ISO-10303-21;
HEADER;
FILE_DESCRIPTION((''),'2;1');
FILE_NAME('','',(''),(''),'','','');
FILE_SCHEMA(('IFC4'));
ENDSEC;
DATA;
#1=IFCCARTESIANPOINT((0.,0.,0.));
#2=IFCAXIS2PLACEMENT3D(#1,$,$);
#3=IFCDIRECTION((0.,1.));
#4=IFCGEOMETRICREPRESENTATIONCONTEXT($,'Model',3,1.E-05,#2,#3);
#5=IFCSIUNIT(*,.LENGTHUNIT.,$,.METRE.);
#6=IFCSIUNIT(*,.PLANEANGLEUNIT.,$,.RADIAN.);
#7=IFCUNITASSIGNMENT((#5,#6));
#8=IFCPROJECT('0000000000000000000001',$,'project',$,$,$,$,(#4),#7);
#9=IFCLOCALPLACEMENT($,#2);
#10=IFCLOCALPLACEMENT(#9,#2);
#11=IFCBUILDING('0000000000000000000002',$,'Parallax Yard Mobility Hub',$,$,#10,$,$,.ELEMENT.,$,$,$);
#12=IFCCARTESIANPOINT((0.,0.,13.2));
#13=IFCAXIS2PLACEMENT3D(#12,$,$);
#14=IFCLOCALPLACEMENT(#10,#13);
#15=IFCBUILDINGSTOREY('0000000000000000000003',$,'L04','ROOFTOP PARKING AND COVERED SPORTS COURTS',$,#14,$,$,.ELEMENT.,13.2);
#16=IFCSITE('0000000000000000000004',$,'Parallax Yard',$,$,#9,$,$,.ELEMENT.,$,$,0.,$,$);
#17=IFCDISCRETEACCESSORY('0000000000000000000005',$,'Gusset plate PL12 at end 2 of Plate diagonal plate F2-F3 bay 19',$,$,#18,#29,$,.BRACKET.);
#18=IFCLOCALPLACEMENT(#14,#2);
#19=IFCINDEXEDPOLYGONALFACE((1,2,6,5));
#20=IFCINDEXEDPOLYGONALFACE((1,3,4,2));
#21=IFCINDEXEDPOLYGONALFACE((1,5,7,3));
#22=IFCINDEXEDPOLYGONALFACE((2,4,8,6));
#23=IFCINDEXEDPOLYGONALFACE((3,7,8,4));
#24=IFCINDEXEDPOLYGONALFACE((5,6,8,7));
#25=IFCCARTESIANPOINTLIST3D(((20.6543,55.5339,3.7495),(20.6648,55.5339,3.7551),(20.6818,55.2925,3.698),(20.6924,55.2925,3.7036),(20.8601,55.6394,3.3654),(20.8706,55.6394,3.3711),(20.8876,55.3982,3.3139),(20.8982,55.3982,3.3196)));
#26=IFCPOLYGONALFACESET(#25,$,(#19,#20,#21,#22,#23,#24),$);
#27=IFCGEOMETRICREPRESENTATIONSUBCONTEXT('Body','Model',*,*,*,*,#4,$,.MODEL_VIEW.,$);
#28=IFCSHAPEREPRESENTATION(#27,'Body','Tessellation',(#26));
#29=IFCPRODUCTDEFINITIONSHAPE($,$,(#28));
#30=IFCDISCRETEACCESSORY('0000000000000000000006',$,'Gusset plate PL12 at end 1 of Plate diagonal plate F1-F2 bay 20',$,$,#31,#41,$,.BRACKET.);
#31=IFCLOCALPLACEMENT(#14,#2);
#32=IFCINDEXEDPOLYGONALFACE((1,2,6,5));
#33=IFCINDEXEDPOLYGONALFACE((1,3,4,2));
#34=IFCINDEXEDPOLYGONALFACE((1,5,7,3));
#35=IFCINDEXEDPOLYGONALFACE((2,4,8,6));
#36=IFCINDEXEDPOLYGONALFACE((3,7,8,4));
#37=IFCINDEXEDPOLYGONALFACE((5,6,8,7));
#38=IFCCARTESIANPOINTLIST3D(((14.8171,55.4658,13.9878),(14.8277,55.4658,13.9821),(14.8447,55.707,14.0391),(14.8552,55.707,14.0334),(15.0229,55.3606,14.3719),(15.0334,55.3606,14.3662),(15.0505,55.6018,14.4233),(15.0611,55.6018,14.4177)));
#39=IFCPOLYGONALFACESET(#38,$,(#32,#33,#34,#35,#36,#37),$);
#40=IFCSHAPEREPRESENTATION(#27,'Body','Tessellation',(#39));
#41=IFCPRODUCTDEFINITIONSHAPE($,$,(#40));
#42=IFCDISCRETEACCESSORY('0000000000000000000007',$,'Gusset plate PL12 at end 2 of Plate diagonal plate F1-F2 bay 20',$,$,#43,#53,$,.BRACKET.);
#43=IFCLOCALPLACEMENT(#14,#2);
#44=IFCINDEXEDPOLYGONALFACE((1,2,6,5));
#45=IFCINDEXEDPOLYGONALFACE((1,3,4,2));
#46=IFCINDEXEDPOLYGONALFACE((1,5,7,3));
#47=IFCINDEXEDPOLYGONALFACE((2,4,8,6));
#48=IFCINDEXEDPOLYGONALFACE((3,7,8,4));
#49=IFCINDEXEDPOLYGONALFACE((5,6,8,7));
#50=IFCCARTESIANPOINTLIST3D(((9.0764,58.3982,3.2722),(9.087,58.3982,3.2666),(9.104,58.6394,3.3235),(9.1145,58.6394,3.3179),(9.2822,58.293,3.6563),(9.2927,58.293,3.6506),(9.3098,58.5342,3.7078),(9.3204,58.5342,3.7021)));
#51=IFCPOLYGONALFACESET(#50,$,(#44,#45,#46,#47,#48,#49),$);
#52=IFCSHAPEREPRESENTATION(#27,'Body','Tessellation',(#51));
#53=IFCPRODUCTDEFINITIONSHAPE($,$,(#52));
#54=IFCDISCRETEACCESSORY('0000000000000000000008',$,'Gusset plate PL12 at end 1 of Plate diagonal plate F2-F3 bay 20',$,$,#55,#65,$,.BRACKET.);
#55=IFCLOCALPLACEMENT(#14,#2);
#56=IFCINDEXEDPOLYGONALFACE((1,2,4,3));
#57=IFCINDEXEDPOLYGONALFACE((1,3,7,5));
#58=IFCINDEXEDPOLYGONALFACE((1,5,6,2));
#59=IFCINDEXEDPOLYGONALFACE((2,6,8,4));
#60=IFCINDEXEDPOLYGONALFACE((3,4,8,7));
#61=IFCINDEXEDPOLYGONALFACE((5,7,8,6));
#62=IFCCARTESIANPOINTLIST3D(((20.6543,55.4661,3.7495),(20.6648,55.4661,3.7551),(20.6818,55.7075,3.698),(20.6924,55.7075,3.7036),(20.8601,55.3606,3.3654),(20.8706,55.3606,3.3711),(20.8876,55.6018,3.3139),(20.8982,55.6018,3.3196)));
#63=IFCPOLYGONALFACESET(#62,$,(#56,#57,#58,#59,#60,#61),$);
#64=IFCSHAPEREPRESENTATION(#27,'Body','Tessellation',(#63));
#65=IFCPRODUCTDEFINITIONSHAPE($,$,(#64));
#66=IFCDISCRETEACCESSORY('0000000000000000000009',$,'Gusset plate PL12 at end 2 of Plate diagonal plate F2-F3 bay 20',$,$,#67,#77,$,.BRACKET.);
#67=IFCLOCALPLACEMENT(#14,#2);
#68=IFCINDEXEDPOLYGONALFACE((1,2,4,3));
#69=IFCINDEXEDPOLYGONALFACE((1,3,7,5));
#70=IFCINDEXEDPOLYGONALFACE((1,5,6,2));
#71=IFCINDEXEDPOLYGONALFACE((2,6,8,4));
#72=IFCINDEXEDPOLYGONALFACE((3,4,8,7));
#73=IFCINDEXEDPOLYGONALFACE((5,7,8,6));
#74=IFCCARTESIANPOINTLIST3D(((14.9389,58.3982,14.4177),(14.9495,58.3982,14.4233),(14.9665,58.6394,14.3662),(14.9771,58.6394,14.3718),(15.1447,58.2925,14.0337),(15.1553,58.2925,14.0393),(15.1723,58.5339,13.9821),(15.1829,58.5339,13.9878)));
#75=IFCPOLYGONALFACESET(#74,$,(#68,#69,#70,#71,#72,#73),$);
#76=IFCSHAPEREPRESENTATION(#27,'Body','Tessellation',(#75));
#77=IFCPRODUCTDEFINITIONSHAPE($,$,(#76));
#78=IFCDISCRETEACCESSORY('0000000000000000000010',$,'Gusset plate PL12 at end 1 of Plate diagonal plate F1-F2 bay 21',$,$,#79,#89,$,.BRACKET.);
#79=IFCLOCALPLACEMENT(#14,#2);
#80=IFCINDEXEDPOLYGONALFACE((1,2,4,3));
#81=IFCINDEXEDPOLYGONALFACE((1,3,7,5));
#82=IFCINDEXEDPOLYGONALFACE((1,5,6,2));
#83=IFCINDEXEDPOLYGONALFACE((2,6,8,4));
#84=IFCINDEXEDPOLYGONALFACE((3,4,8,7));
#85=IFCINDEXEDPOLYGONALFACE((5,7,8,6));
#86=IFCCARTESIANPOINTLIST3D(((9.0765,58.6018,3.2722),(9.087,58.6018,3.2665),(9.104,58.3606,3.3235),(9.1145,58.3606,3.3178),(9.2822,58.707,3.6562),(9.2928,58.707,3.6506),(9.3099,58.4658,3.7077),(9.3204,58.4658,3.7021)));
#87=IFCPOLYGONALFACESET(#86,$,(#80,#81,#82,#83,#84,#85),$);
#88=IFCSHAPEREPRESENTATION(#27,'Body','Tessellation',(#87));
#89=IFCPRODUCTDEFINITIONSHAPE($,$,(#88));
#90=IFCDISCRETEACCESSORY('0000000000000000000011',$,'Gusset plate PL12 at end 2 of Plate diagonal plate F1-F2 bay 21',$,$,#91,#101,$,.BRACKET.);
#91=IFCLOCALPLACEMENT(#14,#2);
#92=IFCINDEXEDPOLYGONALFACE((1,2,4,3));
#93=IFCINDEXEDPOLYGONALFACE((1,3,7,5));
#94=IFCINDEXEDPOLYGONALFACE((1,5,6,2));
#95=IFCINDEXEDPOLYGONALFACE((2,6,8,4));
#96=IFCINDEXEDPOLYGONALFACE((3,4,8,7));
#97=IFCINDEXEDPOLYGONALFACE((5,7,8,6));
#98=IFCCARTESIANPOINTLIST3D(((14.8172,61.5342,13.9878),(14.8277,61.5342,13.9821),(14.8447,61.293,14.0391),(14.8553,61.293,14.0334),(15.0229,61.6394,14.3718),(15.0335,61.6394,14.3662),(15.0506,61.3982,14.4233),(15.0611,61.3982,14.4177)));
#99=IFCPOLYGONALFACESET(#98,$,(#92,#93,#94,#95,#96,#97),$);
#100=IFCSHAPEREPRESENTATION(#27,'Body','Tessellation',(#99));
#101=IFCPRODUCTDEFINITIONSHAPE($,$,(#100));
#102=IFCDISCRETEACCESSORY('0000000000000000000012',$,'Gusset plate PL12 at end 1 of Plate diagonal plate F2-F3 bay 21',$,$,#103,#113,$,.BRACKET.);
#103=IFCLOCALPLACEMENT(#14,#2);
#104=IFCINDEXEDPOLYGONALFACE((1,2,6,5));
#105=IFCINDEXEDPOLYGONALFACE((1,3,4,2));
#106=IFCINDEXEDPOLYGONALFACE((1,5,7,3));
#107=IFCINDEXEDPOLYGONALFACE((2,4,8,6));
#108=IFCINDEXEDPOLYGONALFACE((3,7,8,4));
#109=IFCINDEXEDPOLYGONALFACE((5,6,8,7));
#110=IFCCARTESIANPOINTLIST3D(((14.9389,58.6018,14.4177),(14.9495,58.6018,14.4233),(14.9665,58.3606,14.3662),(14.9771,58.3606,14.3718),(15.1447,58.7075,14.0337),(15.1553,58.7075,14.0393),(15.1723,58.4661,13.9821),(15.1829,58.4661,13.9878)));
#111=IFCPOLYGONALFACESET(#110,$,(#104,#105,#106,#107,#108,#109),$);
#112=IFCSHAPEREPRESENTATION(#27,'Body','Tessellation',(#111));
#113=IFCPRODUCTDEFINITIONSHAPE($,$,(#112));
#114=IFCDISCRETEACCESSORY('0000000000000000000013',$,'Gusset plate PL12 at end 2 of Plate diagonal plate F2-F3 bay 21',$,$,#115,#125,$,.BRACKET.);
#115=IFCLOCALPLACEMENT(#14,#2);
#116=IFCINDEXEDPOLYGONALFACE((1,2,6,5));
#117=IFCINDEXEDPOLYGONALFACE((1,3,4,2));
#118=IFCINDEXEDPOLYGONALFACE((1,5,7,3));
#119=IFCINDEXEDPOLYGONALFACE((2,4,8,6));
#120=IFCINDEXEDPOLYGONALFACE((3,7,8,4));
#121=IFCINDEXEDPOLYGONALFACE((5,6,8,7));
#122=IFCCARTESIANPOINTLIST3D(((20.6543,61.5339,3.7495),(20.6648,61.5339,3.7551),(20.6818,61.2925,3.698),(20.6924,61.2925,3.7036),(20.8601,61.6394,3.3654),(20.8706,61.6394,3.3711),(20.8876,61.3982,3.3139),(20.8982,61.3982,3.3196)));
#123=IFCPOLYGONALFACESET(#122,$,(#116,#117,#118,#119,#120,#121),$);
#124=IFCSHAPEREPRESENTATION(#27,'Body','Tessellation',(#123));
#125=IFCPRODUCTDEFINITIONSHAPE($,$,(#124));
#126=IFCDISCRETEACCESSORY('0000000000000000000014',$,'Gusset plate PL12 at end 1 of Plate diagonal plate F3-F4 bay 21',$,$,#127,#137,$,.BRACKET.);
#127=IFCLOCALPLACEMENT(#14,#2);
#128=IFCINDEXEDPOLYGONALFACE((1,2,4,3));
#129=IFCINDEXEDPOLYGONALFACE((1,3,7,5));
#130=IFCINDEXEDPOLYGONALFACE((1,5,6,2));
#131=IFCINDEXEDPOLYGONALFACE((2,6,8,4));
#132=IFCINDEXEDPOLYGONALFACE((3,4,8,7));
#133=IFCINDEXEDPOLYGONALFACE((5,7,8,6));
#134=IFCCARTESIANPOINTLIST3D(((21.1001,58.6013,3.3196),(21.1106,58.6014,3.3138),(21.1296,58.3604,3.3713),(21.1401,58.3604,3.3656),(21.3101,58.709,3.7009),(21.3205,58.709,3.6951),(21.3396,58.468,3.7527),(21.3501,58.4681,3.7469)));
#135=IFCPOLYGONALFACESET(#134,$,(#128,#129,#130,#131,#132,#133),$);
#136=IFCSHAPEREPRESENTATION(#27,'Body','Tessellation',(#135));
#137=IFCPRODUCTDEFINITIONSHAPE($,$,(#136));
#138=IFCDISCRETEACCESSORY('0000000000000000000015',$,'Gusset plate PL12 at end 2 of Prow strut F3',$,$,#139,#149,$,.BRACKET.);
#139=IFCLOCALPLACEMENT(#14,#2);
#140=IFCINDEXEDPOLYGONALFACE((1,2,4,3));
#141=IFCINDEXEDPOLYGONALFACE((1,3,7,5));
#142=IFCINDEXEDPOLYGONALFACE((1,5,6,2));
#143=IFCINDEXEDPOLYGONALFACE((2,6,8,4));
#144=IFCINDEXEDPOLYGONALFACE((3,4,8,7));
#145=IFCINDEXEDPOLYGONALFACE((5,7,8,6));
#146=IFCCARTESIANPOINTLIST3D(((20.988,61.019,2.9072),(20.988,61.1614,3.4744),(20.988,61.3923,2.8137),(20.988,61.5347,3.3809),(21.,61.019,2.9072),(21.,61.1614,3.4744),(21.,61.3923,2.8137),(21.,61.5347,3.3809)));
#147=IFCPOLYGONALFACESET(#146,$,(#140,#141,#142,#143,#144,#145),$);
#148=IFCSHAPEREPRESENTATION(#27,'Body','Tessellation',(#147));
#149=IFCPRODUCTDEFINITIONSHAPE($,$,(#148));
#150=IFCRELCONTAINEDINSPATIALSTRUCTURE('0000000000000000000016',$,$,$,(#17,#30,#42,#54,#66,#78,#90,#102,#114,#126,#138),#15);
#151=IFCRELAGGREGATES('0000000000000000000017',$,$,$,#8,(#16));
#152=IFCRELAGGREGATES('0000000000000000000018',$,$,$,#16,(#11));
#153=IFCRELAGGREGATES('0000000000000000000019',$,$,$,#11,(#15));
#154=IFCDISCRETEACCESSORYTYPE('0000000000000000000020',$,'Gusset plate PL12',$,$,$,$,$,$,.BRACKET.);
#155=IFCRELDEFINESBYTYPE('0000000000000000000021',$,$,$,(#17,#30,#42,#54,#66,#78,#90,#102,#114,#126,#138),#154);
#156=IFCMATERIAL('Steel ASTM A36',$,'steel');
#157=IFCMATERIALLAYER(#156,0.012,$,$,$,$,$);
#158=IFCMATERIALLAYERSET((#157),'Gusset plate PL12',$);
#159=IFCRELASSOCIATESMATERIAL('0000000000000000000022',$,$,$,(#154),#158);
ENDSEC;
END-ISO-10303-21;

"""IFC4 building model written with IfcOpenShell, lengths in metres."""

from ifc_helpers import new_model, si_unit, direction, frame, origin, place, context, subcontext, project, spatial, polyline, outline, extrude, material, layer, layer_set, type_object, element, save


model = new_model("IFC4")

# Units and contexts
model_context = context("Model", 3, precision=1e-05, world=origin(), true_north=direction((0.0, 1.0)))
body_context = subcontext(model_context, "Body", "Model", "MODEL_VIEW")
ifc_project = project(units=[si_unit("LENGTHUNIT", "METRE"), si_unit("PLANEANGLEUNIT", "RADIAN")], contexts=[model_context])

# Site, building, storey
site_placement = place(None, origin())
site = spatial("IfcSite", under=ifc_project, at=site_placement, Name="Parallax Yard", CompositionType="ELEMENT", RefElevation=0.0)
building_placement = place(site_placement, origin())
building = spatial("IfcBuilding", under=site, at=building_placement, Name="Parallax Yard Mobility Hub", CompositionType="ELEMENT")
storey_placement = place(building_placement, frame((0.0, 0.0, 13.2)))
storey = spatial("IfcBuildingStorey", under=building, at=storey_placement, Name="L04", Description="ROOFTOP PARKING AND COVERED SPORTS COURTS", CompositionType="ELEMENT", Elevation=13.2)

# Discrete accessories
ifc_material_1 = material(Name="Steel ASTM A36", Category="steel")
ifc_layer_1 = layer(ifc_material_1, 0.012)
ifc_layer_set_1 = layer_set([ifc_layer_1], Name="Gusset plate PL12")
discrete_accessory_type = type_object("IfcDiscreteAccessoryType", Name="Gusset plate PL12", PredefinedType="BRACKET", material=ifc_layer_set_1)
for number, where, z_axis, x_axis, name in (
    (1, (20.6924, 55.2925, 3.7036), (0.881413, -0.000066, 0.472347), (0.459043, 0.235784, -0.856554), "Gusset plate PL12 at end 2 of Plate diagonal plate F2-F3 bay 19"),
):
    element("IfcDiscreteAccessory", number, at=place(storey_placement, frame(where, z_axis=z_axis, x_axis=x_axis)), inside=storey, type_object=discrete_accessory_type, Name=name, PredefinedType="BRACKET", context=body_context, shape_type="SweptSolid", body=[
        extrude(outline(polyline([(0.0, 0.0), (0.4483, 0.0), (0.4484, 0.2482), (0.0001, 0.2484), (0.0, 0.0)])), origin(), (0.0, 0.0, -1.0), 0.012),
    ])
discrete_accessory_1_placement = place(storey_placement, frame((14.8171, 55.4658, 13.9878), z_axis=(-0.881446, 0.00019, 0.472285), x_axis=(0.459048, -0.234755, 0.856835)))
element("IfcDiscreteAccessory", 2, at=discrete_accessory_1_placement, inside=storey, type_object=discrete_accessory_type, Name="Gusset plate PL12 at end 1 of Plate diagonal plate F1-F2 bay 20", PredefinedType="BRACKET", context=body_context, shape_type="SweptSolid", body=[
    extrude(outline(polyline([(0.0, 0.0), (0.4482, 0.0), (0.4484, 0.2482), (0.0, 0.2481), (0.0, 0.0)])), origin(), (0.0, 0.0, -1.0), 0.012),
])
discrete_accessory_2_placement = place(storey_placement, frame((9.3098, 58.5342, 3.7078), z_axis=(-0.881446, 0.00019, 0.472285), x_axis=(-0.45906, 0.234645, -0.856858)))
element("IfcDiscreteAccessory", 3, at=discrete_accessory_2_placement, inside=storey, type_object=discrete_accessory_type, Name="Gusset plate PL12 at end 2 of Plate diagonal plate F1-F2 bay 20", PredefinedType="BRACKET", context=body_context, shape_type="SweptSolid", body=[
    extrude(outline(polyline([(0.0, 0.0), (0.4484, 0.0), (0.4484, 0.2481), (0.0002, 0.2482), (0.0, 0.0)])), origin(), (0.0, 0.0, -1.0), 0.012),
])
for number, where, z_axis, x_axis, name in (
    (4, (20.6648, 55.4661, 3.7551), (0.881413, 0.000066, 0.472347), (0.459102, -0.235269, -0.856664), "Gusset plate PL12 at end 1 of Plate diagonal plate F2-F3 bay 20"),
    (5, (15.1829, 58.5339, 13.9878), (0.881413, 0.000066, 0.472347), (-0.459102, 0.235269, 0.856664), "Gusset plate PL12 at end 2 of Plate diagonal plate F2-F3 bay 20"),
):
    element("IfcDiscreteAccessory", number, at=place(storey_placement, frame(where, z_axis=z_axis, x_axis=x_axis)), inside=storey, type_object=discrete_accessory_type, Name=name, PredefinedType="BRACKET", context=body_context, shape_type="SweptSolid", body=[
        extrude(outline(polyline([(0.0, 0.0), (0.4483, 0.0), (0.4483, 0.2482), (0.0, 0.2484), (0.0, 0.0)])), origin(), (0.0, 0.0, -1.0), 0.012),
    ])
discrete_accessory_3_placement = place(storey_placement, frame((9.2822, 58.707, 3.6562), z_axis=(-0.881446, -0.00019, 0.472285), x_axis=(-0.459048, -0.234755, -0.856835)))
element("IfcDiscreteAccessory", 6, at=discrete_accessory_3_placement, inside=storey, type_object=discrete_accessory_type, Name="Gusset plate PL12 at end 1 of Plate diagonal plate F1-F2 bay 21", PredefinedType="BRACKET", context=body_context, shape_type="SweptSolid", body=[
    extrude(outline(polyline([(0.0, 0.0), (0.4482, 0.0), (0.4483, 0.2481), (-0.0002, 0.2482), (0.0, 0.0)])), origin(), (0.0, 0.0, -1.0), 0.012),
])
discrete_accessory_4_placement = place(storey_placement, frame((14.8447, 61.293, 14.0391), z_axis=(-0.881446, -0.00019, 0.472285), x_axis=(0.45906, 0.234645, 0.856858)))
element("IfcDiscreteAccessory", 7, at=discrete_accessory_4_placement, inside=storey, type_object=discrete_accessory_type, Name="Gusset plate PL12 at end 2 of Plate diagonal plate F1-F2 bay 21", PredefinedType="BRACKET", context=body_context, shape_type="SweptSolid", body=[
    extrude(outline(polyline([(0.0, 0.0), (0.4484, 0.0), (0.4482, 0.2482), (0.0, 0.2481), (0.0, 0.0)])), origin(), (0.0, 0.0, -1.0), 0.012),
])
for number, where, z_axis, x_axis, name in (
    (8, (15.1553, 58.7075, 14.0393), (0.881413, -0.000066, 0.472347), (-0.459043, -0.235784, 0.856554), "Gusset plate PL12 at end 1 of Plate diagonal plate F2-F3 bay 21"),
    (9, (20.6924, 61.2925, 3.7036), (0.881413, -0.000066, 0.472347), (0.459043, 0.235784, -0.856554), "Gusset plate PL12 at end 2 of Plate diagonal plate F2-F3 bay 21"),
):
    element("IfcDiscreteAccessory", number, at=place(storey_placement, frame(where, z_axis=z_axis, x_axis=x_axis)), inside=storey, type_object=discrete_accessory_type, Name=name, PredefinedType="BRACKET", context=body_context, shape_type="SweptSolid", body=[
        extrude(outline(polyline([(0.0, 0.0), (0.4483, 0.0), (0.4484, 0.2482), (0.0001, 0.2484), (0.0, 0.0)])), origin(), (0.0, 0.0, -1.0), 0.012),
    ])
discrete_accessory_5_placement = place(storey_placement, frame((21.3101, 58.709, 3.7009), z_axis=(-0.87557, -0.003578, 0.483078), x_axis=(-0.468199, -0.240088, -0.850381)))
element("IfcDiscreteAccessory", 10, at=discrete_accessory_5_placement, inside=storey, type_object=discrete_accessory_type, Name="Gusset plate PL12 at end 1 of Plate diagonal plate F3-F4 bay 21", PredefinedType="BRACKET", context=body_context, shape_type="SweptSolid", body=[
    extrude(outline(polyline([(0.0, 0.0), (0.4484, 0.0), (0.4485, 0.2482), (0.0, 0.2482), (0.0, 0.0)])), origin(), (0.0, 0.0, -1.0), 0.012),
])
discrete_accessory_6_placement = place(storey_placement, frame((21.0, 61.3923, 2.8137), z_axis=(1.0, 0.0, 0.0), x_axis=(0.0, 0.24342, 0.969921)))
element("IfcDiscreteAccessory", 11, at=discrete_accessory_6_placement, inside=storey, type_object=discrete_accessory_type, Name="Gusset plate PL12 at end 2 of Prow strut F3", PredefinedType="BRACKET", context=body_context, shape_type="SweptSolid", body=[
    extrude(outline(polyline([(0.0, 0.0), (0.5847, 0.0), (0.5846, 0.3848), (-0.0002, 0.3848), (0.0, 0.0)])), origin(), (0.0, 0.0, -1.0), 0.012),
])

save(model, "model.ifc")
